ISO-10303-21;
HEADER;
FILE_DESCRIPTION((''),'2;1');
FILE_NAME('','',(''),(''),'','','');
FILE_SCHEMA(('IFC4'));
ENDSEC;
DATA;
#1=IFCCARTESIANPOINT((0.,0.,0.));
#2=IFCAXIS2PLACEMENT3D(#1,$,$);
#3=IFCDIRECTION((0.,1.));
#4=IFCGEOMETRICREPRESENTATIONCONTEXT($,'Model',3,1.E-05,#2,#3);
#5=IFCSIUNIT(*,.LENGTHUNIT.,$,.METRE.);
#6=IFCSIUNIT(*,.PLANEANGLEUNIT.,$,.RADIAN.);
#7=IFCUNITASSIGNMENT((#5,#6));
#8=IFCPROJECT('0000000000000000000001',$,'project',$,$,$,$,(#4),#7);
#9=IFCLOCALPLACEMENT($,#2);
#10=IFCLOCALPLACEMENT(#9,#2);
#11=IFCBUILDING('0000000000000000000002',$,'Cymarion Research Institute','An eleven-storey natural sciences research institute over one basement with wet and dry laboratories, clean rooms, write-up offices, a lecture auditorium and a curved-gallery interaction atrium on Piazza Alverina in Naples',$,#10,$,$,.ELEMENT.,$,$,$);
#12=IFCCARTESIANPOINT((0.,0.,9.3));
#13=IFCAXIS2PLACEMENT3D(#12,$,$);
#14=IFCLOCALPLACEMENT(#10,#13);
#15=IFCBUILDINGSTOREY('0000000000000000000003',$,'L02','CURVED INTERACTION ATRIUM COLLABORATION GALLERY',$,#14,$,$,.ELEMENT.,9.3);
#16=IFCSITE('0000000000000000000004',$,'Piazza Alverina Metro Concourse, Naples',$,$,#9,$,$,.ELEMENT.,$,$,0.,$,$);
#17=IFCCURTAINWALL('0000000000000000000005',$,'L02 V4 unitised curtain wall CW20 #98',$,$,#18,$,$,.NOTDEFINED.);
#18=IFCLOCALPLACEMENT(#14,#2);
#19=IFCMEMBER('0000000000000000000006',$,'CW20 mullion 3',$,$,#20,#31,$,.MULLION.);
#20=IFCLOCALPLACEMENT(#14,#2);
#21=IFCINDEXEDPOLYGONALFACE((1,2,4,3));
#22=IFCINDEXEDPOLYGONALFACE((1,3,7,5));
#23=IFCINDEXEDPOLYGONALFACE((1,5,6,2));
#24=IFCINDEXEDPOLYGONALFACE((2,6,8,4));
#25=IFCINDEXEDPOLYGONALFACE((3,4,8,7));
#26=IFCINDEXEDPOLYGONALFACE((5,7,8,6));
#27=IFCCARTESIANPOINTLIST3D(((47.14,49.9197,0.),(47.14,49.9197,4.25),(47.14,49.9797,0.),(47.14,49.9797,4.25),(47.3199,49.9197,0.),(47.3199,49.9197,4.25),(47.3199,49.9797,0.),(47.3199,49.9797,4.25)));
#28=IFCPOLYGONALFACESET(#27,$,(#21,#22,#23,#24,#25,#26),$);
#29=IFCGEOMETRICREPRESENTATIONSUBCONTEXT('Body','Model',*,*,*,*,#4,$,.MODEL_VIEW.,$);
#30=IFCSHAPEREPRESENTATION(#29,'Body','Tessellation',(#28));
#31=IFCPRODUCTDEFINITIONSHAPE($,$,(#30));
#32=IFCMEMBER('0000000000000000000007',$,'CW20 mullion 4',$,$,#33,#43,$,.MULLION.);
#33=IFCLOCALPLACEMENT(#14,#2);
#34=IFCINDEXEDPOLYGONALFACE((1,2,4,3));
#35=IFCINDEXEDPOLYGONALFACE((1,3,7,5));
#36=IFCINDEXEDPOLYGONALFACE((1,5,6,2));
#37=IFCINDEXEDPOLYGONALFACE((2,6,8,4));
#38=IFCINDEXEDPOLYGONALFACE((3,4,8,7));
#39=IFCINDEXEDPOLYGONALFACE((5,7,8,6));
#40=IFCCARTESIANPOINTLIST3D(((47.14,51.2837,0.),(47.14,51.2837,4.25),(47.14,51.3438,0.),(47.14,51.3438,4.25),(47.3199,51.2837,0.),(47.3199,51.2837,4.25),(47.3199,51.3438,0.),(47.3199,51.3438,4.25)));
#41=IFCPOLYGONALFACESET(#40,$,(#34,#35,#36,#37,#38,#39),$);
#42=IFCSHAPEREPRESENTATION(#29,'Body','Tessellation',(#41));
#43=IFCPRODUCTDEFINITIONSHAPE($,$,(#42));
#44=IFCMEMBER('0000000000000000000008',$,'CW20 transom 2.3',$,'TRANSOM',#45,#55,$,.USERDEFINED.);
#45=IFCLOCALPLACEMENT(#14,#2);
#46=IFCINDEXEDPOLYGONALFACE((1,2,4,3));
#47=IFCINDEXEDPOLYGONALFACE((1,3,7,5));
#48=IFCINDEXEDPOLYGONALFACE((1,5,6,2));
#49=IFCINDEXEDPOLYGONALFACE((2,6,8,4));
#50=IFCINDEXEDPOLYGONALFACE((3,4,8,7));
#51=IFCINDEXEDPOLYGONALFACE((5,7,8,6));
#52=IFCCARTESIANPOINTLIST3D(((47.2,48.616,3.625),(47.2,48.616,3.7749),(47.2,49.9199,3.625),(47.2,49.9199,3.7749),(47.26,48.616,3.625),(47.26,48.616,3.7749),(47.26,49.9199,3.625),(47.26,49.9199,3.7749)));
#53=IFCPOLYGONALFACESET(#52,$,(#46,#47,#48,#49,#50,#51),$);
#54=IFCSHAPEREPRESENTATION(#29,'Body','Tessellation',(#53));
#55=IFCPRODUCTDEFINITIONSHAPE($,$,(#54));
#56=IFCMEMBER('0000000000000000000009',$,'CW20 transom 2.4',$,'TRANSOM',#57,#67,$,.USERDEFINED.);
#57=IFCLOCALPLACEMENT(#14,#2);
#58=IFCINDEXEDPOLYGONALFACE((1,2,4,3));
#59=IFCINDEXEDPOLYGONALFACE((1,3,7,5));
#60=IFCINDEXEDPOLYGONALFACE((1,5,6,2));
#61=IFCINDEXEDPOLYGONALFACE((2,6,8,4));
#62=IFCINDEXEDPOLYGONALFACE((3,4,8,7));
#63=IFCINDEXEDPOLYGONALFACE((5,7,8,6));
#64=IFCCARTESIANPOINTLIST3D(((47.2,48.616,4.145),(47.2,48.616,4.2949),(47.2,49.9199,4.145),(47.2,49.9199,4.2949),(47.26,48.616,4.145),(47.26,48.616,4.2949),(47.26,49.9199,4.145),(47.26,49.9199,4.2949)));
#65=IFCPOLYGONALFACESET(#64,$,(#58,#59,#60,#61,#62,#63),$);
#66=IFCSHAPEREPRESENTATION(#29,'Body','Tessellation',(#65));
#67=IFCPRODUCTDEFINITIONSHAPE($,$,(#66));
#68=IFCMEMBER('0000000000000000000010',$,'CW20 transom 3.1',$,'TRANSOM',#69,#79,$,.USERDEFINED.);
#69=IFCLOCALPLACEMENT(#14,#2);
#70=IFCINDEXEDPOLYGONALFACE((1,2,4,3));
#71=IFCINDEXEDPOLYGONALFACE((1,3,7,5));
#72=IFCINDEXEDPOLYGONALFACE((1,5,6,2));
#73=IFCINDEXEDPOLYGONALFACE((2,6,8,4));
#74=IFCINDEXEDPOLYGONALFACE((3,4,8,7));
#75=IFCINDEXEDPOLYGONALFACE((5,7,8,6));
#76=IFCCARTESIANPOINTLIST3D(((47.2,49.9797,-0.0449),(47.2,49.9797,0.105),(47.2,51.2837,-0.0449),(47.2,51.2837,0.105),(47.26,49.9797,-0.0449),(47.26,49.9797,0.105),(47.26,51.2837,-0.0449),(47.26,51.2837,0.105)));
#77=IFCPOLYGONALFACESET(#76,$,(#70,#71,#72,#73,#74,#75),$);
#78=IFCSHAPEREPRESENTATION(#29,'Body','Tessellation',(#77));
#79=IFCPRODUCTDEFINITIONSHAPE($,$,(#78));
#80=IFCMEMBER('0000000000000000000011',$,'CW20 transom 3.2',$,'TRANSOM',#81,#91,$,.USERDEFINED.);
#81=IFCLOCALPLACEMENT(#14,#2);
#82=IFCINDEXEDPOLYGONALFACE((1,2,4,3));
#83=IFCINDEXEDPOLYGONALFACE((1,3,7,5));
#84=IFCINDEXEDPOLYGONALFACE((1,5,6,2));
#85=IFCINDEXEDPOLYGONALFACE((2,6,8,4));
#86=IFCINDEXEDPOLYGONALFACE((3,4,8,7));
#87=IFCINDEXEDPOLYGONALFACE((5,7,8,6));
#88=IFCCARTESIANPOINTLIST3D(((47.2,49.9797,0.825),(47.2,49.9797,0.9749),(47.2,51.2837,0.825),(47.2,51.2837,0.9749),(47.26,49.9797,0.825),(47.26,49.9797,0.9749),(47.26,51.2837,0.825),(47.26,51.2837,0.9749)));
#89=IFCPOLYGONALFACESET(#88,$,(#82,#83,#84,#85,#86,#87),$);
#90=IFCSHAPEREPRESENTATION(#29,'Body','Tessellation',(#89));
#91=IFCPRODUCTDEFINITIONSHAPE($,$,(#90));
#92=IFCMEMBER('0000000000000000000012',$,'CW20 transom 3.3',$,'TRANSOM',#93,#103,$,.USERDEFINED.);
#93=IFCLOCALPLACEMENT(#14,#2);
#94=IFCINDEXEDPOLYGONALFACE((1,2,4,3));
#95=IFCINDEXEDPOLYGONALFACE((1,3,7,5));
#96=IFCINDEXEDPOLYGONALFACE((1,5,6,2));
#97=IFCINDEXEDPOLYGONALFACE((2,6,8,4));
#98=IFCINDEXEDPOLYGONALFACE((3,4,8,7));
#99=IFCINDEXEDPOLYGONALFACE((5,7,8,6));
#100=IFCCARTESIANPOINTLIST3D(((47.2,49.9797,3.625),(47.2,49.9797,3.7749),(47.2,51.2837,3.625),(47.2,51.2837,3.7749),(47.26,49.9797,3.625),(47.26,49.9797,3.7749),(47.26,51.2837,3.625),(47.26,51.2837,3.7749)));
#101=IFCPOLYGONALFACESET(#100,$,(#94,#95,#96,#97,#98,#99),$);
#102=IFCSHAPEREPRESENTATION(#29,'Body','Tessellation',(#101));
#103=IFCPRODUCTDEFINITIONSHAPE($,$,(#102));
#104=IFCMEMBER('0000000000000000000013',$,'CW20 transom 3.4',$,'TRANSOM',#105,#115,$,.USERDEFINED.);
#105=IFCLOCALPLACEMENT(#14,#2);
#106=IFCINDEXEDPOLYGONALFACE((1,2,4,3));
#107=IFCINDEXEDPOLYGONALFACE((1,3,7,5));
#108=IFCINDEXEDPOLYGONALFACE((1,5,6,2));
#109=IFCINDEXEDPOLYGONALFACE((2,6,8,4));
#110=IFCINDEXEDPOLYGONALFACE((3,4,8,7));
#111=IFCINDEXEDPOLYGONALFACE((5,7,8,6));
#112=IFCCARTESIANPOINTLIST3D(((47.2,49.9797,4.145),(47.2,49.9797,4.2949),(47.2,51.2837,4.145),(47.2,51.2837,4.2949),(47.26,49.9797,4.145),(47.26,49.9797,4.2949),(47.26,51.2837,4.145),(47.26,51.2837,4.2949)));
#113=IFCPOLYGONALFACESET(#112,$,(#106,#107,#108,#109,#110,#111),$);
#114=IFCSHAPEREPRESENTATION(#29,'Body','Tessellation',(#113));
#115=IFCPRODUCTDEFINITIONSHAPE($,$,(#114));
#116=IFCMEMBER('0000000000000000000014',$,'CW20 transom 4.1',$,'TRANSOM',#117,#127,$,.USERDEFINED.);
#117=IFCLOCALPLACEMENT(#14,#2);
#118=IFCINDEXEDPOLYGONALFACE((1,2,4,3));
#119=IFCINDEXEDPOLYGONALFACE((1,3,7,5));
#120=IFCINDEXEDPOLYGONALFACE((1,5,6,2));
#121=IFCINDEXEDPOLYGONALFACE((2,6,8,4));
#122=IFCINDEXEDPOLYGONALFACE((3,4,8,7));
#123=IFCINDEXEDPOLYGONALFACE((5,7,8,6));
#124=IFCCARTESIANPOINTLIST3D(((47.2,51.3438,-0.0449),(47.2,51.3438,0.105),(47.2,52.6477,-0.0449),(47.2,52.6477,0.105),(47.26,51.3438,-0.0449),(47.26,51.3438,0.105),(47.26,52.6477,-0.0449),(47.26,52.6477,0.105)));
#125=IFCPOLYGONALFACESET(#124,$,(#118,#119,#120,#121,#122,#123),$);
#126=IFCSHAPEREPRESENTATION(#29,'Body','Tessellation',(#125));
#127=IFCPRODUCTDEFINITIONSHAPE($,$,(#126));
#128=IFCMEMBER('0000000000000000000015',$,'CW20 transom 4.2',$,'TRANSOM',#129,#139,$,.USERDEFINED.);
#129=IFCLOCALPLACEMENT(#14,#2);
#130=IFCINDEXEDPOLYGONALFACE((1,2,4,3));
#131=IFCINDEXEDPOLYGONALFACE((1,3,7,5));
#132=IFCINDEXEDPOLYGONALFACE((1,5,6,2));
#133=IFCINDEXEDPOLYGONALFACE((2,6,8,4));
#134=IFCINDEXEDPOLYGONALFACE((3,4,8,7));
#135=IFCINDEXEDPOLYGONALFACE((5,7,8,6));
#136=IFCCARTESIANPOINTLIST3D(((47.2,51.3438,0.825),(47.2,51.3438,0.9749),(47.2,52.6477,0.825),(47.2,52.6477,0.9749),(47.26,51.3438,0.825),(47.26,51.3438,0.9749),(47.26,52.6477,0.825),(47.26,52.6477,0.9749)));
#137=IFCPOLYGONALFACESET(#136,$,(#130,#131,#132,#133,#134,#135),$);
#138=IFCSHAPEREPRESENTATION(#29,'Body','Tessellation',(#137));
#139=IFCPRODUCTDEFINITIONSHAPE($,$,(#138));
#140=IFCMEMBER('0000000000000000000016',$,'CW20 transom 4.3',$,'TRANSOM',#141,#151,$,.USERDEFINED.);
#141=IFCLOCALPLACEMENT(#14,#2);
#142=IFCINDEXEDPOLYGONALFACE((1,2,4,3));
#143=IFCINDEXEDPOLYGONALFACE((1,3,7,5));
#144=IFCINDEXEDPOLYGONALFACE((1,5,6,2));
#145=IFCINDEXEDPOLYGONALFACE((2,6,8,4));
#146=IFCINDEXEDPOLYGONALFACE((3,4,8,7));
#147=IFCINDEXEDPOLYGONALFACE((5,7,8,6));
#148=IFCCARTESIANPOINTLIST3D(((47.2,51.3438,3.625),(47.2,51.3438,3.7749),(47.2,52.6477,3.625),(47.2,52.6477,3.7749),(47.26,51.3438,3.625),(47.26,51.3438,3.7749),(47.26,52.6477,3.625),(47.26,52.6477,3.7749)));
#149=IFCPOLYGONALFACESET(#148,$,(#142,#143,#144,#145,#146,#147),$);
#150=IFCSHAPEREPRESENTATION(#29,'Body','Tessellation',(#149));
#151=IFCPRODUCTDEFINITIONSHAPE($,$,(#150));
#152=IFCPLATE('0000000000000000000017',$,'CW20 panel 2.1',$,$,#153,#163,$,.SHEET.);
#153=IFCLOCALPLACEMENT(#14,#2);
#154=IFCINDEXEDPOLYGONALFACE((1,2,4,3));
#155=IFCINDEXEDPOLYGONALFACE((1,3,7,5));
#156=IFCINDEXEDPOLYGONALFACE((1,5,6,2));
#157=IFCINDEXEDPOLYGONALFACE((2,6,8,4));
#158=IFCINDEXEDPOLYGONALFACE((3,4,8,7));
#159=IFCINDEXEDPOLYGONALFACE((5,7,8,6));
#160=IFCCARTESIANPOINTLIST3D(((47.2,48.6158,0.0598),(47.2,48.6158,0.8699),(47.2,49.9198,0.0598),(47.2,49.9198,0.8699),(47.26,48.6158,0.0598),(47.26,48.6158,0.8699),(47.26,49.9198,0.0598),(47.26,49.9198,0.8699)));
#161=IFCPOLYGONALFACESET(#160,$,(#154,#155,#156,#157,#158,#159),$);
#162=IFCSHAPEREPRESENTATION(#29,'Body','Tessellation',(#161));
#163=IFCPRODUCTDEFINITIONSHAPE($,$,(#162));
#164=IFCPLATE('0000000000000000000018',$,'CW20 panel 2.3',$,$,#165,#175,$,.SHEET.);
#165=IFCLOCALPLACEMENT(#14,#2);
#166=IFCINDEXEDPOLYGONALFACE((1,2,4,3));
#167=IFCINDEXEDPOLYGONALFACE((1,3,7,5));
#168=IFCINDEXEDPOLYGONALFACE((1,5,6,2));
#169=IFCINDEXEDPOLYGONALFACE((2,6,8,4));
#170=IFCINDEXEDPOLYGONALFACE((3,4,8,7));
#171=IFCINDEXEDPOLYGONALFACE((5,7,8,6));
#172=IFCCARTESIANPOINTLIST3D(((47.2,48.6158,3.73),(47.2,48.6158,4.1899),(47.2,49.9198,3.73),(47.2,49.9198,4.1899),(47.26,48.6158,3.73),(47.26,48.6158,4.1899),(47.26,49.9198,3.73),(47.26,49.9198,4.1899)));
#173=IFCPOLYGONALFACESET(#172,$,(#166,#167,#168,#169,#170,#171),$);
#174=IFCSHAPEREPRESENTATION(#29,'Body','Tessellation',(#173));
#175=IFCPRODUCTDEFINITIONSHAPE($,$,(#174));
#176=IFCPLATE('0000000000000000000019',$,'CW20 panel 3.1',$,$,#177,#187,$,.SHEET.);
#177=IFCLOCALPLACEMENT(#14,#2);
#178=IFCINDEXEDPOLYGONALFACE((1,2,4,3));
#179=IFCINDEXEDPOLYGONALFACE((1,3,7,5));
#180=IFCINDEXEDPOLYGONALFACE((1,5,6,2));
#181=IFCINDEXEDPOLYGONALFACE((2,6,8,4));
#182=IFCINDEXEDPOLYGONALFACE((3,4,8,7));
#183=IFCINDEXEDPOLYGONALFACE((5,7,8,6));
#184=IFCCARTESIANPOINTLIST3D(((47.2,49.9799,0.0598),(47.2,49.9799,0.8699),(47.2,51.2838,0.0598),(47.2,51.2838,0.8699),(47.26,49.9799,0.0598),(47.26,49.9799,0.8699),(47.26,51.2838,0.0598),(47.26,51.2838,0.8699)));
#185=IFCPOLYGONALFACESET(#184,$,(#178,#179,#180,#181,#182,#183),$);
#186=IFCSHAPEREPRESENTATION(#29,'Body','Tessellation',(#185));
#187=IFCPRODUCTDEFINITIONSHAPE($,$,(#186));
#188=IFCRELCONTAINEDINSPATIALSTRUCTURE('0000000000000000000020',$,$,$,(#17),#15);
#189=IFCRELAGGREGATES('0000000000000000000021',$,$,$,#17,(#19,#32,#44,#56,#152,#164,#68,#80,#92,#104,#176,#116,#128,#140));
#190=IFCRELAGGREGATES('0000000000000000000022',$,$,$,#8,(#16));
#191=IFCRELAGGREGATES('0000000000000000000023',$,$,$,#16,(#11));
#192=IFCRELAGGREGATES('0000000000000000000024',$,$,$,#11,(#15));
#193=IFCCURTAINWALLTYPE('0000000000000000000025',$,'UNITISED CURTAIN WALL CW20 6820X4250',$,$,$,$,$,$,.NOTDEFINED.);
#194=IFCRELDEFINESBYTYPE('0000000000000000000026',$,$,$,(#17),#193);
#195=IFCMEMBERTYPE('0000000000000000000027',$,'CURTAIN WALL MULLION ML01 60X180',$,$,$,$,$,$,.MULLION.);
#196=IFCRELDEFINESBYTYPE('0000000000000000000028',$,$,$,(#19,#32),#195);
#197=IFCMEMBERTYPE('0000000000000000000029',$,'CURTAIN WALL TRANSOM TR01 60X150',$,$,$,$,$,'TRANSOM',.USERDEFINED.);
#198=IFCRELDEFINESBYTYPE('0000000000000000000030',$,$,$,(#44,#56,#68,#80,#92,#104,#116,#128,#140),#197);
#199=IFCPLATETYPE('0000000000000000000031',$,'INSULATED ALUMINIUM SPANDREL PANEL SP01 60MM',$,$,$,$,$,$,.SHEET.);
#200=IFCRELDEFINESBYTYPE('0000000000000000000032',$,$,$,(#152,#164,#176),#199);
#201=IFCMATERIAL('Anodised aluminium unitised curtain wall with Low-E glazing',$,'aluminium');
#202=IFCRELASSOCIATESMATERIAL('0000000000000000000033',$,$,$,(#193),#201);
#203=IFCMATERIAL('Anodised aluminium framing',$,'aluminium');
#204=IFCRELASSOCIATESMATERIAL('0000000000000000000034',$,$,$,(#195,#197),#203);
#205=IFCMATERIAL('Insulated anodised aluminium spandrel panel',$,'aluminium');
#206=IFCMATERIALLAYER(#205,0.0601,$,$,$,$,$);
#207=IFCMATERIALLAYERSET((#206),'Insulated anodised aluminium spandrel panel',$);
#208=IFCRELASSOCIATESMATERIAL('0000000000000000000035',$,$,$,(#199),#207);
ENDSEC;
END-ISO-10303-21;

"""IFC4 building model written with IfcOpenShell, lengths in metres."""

from ifc_helpers import new_model, si_unit, direction, frame, origin, origin_2d, place, context, subcontext, project, spatial, rectangle, extrude, material, layer, layer_set, material_profile, profile_set, type_object, element, aggregate, save


model = new_model("IFC4")

# Units and contexts
model_context = context("Model", 3, precision=1e-05, world=origin(), true_north=direction((0.0, 1.0)))
body_context = subcontext(model_context, "Body", "Model", "MODEL_VIEW")
ifc_project = project(units=[si_unit("LENGTHUNIT", "METRE"), si_unit("PLANEANGLEUNIT", "RADIAN")], contexts=[model_context])

# Site, building, storey
site_placement = place(None, origin())
site = spatial("IfcSite", under=ifc_project, at=site_placement, Name="Piazza Alverina Metro Concourse, Naples", CompositionType="ELEMENT", RefElevation=0.0)
building_placement = place(site_placement, origin())
building = spatial("IfcBuilding", under=site, at=building_placement, Name="Cymarion Research Institute", Description="An eleven-storey natural sciences research institute over one basement with wet and dry laboratories, clean rooms, write-up offices, a lecture auditorium and a curved-gallery interaction atrium on Piazza Alverina in Naples", CompositionType="ELEMENT")
storey_placement = place(building_placement, frame((0.0, 0.0, 9.3)))
storey = spatial("IfcBuildingStorey", under=building, at=storey_placement, Name="L02", Description="CURVED INTERACTION ATRIUM COLLABORATION GALLERY", CompositionType="ELEMENT", Elevation=9.3)

# Curtain wall, members, plates
ifc_material_1 = material(Name="Anodised aluminium unitised curtain wall with Low-E glazing", Category="aluminium")
curtain_wall_type = type_object("IfcCurtainWallType", Name="UNITISED CURTAIN WALL CW20 6820X4250", PredefinedType="NOTDEFINED", material=ifc_material_1)
curtain_wall_placement = place(storey_placement, origin())
curtain_wall = element("IfcCurtainWall", 1, at=curtain_wall_placement, inside=storey, type_object=curtain_wall_type, Name="L02 V4 unitised curtain wall CW20 #98", PredefinedType="NOTDEFINED")
ifc_material_2 = material(Name="Anodised aluminium framing", Category="aluminium")
ifc_material_profile_1 = material_profile(ifc_material_2, rectangle(XDim=0.0601, YDim=0.1799, at=origin_2d()), Name="ALU MULLION 60x180")
ifc_profile_set_1 = profile_set([ifc_material_profile_1], Name="Anodised aluminium framing")
member_type_1 = type_object("IfcMemberType", Name="CURTAIN WALL MULLION ML01 60X180", PredefinedType="MULLION", material=ifc_profile_set_1)
member_1_placement = place(storey_placement, frame((47.23, 49.9497, 0.0), z_axis=(0.0, 0.0, 1.0), x_axis=(0.0, 1.0, 0.0)))
member_1 = element("IfcMember", 2, at=member_1_placement, type_object=member_type_1, Name="CW20 mullion 3", PredefinedType="MULLION", context=body_context, shape_type="SweptSolid", body=[
    extrude(rectangle(XDim=0.0601, YDim=0.1799, at=origin_2d()), origin(), (0.0, 0.0, 1.0), 4.25),
])
member_2_placement = place(storey_placement, frame((47.23, 51.3137, 0.0), z_axis=(0.0, 0.0, 1.0), x_axis=(0.0, 1.0, 0.0)))
member_2 = element("IfcMember", 3, at=member_2_placement, type_object=member_type_1, Name="CW20 mullion 4", PredefinedType="MULLION", context=body_context, shape_type="SweptSolid", body=[
    extrude(rectangle(XDim=0.0601, YDim=0.1799, at=origin_2d()), origin(), (0.0, 0.0, 1.0), 4.25),
])
ifc_material_profile_2 = material_profile(ifc_material_2, rectangle(XDim=0.0601, YDim=0.1499, at=origin_2d()), Name="ALU TRANSOM 60x150")
ifc_profile_set_2 = profile_set([ifc_material_profile_2], Name="Anodised aluminium framing")
member_type_2 = type_object("IfcMemberType", Name="CURTAIN WALL TRANSOM TR01 60X150", ElementType="TRANSOM", PredefinedType="USERDEFINED", material=ifc_profile_set_2)
member_3_placement = place(storey_placement, frame((47.23, 48.616, 3.7), z_axis=(0.0, 1.0, 0.0), x_axis=(-1.0, 0.0, 0.0)))
member_3 = element("IfcMember", 4, at=member_3_placement, type_object=member_type_2, Name="CW20 transom 2.3", ObjectType="TRANSOM", PredefinedType="USERDEFINED", context=body_context, shape_type="SweptSolid", body=[
    extrude(rectangle(XDim=0.0601, YDim=0.1499, at=origin_2d()), origin(), (0.0, 0.0, 1.0), 1.304),
])
member_4_placement = place(storey_placement, frame((47.23, 48.616, 4.22), z_axis=(0.0, 1.0, 0.0), x_axis=(-1.0, 0.0, 0.0)))
member_4 = element("IfcMember", 5, at=member_4_placement, type_object=member_type_2, Name="CW20 transom 2.4", ObjectType="TRANSOM", PredefinedType="USERDEFINED", context=body_context, shape_type="SweptSolid", body=[
    extrude(rectangle(XDim=0.0601, YDim=0.1499, at=origin_2d()), origin(), (0.0, 0.0, 1.0), 1.304),
])
member_5_placement = place(storey_placement, frame((47.23, 49.9797, 0.03), z_axis=(0.0, 1.0, 0.0), x_axis=(-1.0, 0.0, 0.0)))
member_5 = element("IfcMember", 6, at=member_5_placement, type_object=member_type_2, Name="CW20 transom 3.1", ObjectType="TRANSOM", PredefinedType="USERDEFINED", context=body_context, shape_type="SweptSolid", body=[
    extrude(rectangle(XDim=0.0601, YDim=0.1499, at=origin_2d()), origin(), (0.0, 0.0, 1.0), 1.304),
])
member_6_placement = place(storey_placement, frame((47.23, 49.9797, 0.8999), z_axis=(0.0, 1.0, 0.0), x_axis=(-1.0, 0.0, 0.0)))
member_6 = element("IfcMember", 7, at=member_6_placement, type_object=member_type_2, Name="CW20 transom 3.2", ObjectType="TRANSOM", PredefinedType="USERDEFINED", context=body_context, shape_type="SweptSolid", body=[
    extrude(rectangle(XDim=0.0601, YDim=0.1499, at=origin_2d()), origin(), (0.0, 0.0, 1.0), 1.304),
])
member_7_placement = place(storey_placement, frame((47.23, 49.9797, 3.7), z_axis=(0.0, 1.0, 0.0), x_axis=(-1.0, 0.0, 0.0)))
member_7 = element("IfcMember", 8, at=member_7_placement, type_object=member_type_2, Name="CW20 transom 3.3", ObjectType="TRANSOM", PredefinedType="USERDEFINED", context=body_context, shape_type="SweptSolid", body=[
    extrude(rectangle(XDim=0.0601, YDim=0.1499, at=origin_2d()), origin(), (0.0, 0.0, 1.0), 1.304),
])
member_8_placement = place(storey_placement, frame((47.23, 49.9797, 4.22), z_axis=(0.0, 1.0, 0.0), x_axis=(-1.0, 0.0, 0.0)))
member_8 = element("IfcMember", 9, at=member_8_placement, type_object=member_type_2, Name="CW20 transom 3.4", ObjectType="TRANSOM", PredefinedType="USERDEFINED", context=body_context, shape_type="SweptSolid", body=[
    extrude(rectangle(XDim=0.0601, YDim=0.1499, at=origin_2d()), origin(), (0.0, 0.0, 1.0), 1.304),
])
member_9_placement = place(storey_placement, frame((47.23, 51.3438, 0.03), z_axis=(0.0, 1.0, 0.0), x_axis=(-1.0, 0.0, 0.0)))
member_9 = element("IfcMember", 10, at=member_9_placement, type_object=member_type_2, Name="CW20 transom 4.1", ObjectType="TRANSOM", PredefinedType="USERDEFINED", context=body_context, shape_type="SweptSolid", body=[
    extrude(rectangle(XDim=0.0601, YDim=0.1499, at=origin_2d()), origin(), (0.0, 0.0, 1.0), 1.304),
])
member_10_placement = place(storey_placement, frame((47.23, 51.3438, 0.8999), z_axis=(0.0, 1.0, 0.0), x_axis=(-1.0, 0.0, 0.0)))
member_10 = element("IfcMember", 11, at=member_10_placement, type_object=member_type_2, Name="CW20 transom 4.2", ObjectType="TRANSOM", PredefinedType="USERDEFINED", context=body_context, shape_type="SweptSolid", body=[
    extrude(rectangle(XDim=0.0601, YDim=0.1499, at=origin_2d()), origin(), (0.0, 0.0, 1.0), 1.304),
])
member_11_placement = place(storey_placement, frame((47.23, 51.3438, 3.7), z_axis=(0.0, 1.0, 0.0), x_axis=(-1.0, 0.0, 0.0)))
member_11 = element("IfcMember", 12, at=member_11_placement, type_object=member_type_2, Name="CW20 transom 4.3", ObjectType="TRANSOM", PredefinedType="USERDEFINED", context=body_context, shape_type="SweptSolid", body=[
    extrude(rectangle(XDim=0.0601, YDim=0.1499, at=origin_2d()), origin(), (0.0, 0.0, 1.0), 1.304),
])
ifc_material_3 = material(Name="Insulated anodised aluminium spandrel panel", Category="aluminium")
ifc_layer_1 = layer(ifc_material_3, 0.0601)
ifc_layer_set_1 = layer_set([ifc_layer_1], Name="Insulated anodised aluminium spandrel panel")
plate_type_1 = type_object("IfcPlateType", Name="INSULATED ALUMINIUM SPANDREL PANEL SP01 60MM", PredefinedType="SHEET", material=ifc_layer_set_1)
plate_1_placement = place(storey_placement, frame((47.23, 49.2678, 0.0598), z_axis=(0.0, 0.0, 1.0), x_axis=(0.0, 1.0, 0.0)))
plate_1 = element("IfcPlate", 13, at=plate_1_placement, type_object=plate_type_1, Name="CW20 panel 2.1", PredefinedType="SHEET", context=body_context, shape_type="SweptSolid", body=[
    extrude(rectangle(XDim=1.304, YDim=0.0601, at=origin_2d()), origin(), (0.0, 0.0, 1.0), 0.8101),
])
plate_2_placement = place(storey_placement, frame((47.23, 49.2678, 3.73), z_axis=(0.0, 0.0, 1.0), x_axis=(0.0, 1.0, 0.0)))
plate_2 = element("IfcPlate", 14, at=plate_2_placement, type_object=plate_type_1, Name="CW20 panel 2.3", PredefinedType="SHEET", context=body_context, shape_type="SweptSolid", body=[
    extrude(rectangle(XDim=1.304, YDim=0.0601, at=origin_2d()), origin(), (0.0, 0.0, 1.0), 0.46),
])
plate_3_placement = place(storey_placement, frame((47.23, 50.6318, 0.0598), z_axis=(0.0, 0.0, 1.0), x_axis=(0.0, 1.0, 0.0)))
plate_3 = element("IfcPlate", 15, at=plate_3_placement, type_object=plate_type_1, Name="CW20 panel 3.1", PredefinedType="SHEET", context=body_context, shape_type="SweptSolid", body=[
    extrude(rectangle(XDim=1.304, YDim=0.0601, at=origin_2d()), origin(), (0.0, 0.0, 1.0), 0.8101),
])
aggregate(curtain_wall, [member_1, member_2, member_3, member_4, plate_1, plate_2, member_5, member_6, member_7, member_8, plate_3, member_9, member_10, member_11])

save(model, "model.ifc")
